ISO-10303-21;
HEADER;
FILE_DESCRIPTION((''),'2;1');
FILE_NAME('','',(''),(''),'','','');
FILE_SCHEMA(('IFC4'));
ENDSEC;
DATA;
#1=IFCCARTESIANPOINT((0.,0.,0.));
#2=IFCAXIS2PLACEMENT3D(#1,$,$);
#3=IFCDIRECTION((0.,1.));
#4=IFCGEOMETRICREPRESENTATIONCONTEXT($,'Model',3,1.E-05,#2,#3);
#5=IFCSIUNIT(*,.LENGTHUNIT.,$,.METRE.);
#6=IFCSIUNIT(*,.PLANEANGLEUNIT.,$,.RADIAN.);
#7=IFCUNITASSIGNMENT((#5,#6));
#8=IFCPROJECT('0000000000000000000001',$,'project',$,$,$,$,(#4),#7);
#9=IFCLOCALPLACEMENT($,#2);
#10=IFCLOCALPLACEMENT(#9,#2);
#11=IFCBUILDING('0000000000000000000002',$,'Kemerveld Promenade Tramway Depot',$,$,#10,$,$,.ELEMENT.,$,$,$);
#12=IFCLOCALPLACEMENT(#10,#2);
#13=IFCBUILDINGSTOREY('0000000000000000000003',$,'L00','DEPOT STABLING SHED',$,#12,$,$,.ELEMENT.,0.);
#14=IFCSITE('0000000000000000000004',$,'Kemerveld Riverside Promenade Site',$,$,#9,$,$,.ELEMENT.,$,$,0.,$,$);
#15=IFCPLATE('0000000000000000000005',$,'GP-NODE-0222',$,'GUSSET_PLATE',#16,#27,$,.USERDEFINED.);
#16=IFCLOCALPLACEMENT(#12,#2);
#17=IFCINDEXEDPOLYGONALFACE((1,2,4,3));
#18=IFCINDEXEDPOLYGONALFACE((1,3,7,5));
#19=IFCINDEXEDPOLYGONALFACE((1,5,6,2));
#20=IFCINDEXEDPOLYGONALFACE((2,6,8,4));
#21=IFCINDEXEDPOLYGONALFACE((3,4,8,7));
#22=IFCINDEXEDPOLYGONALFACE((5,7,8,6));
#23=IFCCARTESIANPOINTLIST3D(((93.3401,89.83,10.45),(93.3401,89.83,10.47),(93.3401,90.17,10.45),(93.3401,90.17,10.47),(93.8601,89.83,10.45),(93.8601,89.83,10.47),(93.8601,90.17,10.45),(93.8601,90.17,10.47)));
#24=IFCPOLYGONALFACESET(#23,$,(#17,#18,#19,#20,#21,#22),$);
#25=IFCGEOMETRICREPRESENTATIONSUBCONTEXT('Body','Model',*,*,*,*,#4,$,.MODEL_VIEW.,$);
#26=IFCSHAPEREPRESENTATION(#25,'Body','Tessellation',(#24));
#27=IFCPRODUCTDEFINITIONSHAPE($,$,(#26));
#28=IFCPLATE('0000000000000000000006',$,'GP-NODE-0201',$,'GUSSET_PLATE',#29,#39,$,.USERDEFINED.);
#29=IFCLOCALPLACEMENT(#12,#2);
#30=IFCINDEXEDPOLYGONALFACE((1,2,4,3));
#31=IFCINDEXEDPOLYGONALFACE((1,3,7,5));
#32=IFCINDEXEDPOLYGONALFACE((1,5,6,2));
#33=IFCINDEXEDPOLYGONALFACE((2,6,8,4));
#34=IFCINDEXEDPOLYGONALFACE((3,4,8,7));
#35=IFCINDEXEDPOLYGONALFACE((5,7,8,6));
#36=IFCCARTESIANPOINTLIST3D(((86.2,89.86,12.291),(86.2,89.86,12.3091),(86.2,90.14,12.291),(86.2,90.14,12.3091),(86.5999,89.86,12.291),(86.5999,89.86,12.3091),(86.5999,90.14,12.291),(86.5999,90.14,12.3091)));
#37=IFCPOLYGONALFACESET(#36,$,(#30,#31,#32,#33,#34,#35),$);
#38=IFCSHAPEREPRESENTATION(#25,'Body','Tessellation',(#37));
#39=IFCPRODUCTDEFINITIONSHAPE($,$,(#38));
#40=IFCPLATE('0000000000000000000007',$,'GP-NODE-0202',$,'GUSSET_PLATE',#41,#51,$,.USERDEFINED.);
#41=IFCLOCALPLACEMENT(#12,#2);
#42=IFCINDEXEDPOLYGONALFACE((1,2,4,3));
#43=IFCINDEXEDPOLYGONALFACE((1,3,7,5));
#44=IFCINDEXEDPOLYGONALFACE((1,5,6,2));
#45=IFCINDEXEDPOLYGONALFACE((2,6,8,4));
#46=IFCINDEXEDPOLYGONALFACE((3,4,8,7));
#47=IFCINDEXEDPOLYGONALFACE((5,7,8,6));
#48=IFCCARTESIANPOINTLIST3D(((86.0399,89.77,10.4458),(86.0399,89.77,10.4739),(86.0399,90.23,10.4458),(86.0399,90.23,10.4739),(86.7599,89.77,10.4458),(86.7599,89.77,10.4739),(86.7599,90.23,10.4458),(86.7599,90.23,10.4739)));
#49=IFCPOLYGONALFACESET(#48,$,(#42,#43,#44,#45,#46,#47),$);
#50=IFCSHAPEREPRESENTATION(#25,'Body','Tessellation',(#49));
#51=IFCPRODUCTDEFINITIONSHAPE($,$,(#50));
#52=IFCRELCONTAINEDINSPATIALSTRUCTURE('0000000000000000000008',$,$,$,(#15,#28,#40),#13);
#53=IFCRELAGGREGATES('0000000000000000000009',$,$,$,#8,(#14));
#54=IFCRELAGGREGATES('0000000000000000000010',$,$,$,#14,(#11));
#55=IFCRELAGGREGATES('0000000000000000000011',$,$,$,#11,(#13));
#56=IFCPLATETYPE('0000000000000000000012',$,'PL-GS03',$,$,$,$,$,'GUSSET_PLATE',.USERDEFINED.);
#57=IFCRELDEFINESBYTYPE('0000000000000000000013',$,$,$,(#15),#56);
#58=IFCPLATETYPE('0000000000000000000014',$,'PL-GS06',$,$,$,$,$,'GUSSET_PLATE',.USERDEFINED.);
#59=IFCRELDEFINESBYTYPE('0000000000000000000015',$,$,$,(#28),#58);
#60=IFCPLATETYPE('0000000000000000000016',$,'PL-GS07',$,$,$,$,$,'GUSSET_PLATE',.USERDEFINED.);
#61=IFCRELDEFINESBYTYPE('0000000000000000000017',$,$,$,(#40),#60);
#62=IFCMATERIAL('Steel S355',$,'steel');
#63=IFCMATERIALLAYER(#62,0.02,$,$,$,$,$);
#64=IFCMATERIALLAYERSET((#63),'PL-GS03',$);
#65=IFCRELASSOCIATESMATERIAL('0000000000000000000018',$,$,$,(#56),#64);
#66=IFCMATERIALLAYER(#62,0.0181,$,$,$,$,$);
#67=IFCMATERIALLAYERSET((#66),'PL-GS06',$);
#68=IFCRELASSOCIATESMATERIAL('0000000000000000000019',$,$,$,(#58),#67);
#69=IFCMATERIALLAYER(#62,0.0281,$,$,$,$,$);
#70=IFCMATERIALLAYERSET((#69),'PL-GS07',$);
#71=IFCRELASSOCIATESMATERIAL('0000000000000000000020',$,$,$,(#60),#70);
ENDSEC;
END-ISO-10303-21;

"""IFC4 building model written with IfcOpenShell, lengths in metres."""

from ifc_helpers import new_model, si_unit, direction, frame, origin, origin_2d, place, context, subcontext, project, spatial, rectangle, extrude, material, layer, layer_set, type_object, element, save


model = new_model("IFC4")

# Units and contexts
model_context = context("Model", 3, precision=1e-05, world=origin(), true_north=direction((0.0, 1.0)))
body_context = subcontext(model_context, "Body", "Model", "MODEL_VIEW")
ifc_project = project(units=[si_unit("LENGTHUNIT", "METRE"), si_unit("PLANEANGLEUNIT", "RADIAN")], contexts=[model_context])

# Site, building, storey
site_placement = place(None, origin())
site = spatial("IfcSite", under=ifc_project, at=site_placement, Name="Kemerveld Riverside Promenade Site", CompositionType="ELEMENT", RefElevation=0.0)
building_placement = place(site_placement, origin())
building = spatial("IfcBuilding", under=site, at=building_placement, Name="Kemerveld Promenade Tramway Depot", CompositionType="ELEMENT")
storey_placement = place(building_placement, origin())
storey = spatial("IfcBuildingStorey", under=building, at=storey_placement, Name="L00", Description="DEPOT STABLING SHED", CompositionType="ELEMENT", Elevation=0.0)

# Shared definitions
ifc_material_1 = material(Name="Steel S355", Category="steel")

# Plates
ifc_layer_1 = layer(ifc_material_1, 0.02)
ifc_layer_set_1 = layer_set([ifc_layer_1], Name="PL-GS03")
plate_type_1 = type_object("IfcPlateType", Name="PL-GS03", ElementType="GUSSET_PLATE", PredefinedType="USERDEFINED", material=ifc_layer_set_1)
plate_1_placement = place(storey_placement, frame((93.6001, 90.0, 10.45), z_axis=(0.0, 0.0, 1.0), x_axis=(1.0, 0.0, 0.0)))
element("IfcPlate", 1, at=plate_1_placement, inside=storey, type_object=plate_type_1, Name="GP-NODE-0222", ObjectType="GUSSET_PLATE", PredefinedType="USERDEFINED", context=body_context, shape_type="SweptSolid", body=[
    extrude(rectangle(XDim=0.52, YDim=0.3401, at=origin_2d()), origin(), (0.0, 0.0, 1.0), 0.02),
])
ifc_layer_2 = layer(ifc_material_1, 0.0181)
ifc_layer_set_2 = layer_set([ifc_layer_2], Name="PL-GS06")
plate_type_2 = type_object("IfcPlateType", Name="PL-GS06", ElementType="GUSSET_PLATE", PredefinedType="USERDEFINED", material=ifc_layer_set_2)
plate_2_placement = place(storey_placement, frame((86.3999, 90.0, 12.291), z_axis=(0.0, 0.0, 1.0), x_axis=(1.0, 0.0, 0.0)))
element("IfcPlate", 2, at=plate_2_placement, inside=storey, type_object=plate_type_2, Name="GP-NODE-0201", ObjectType="GUSSET_PLATE", PredefinedType="USERDEFINED", context=body_context, shape_type="SweptSolid", body=[
    extrude(rectangle(XDim=0.3999, YDim=0.28, at=origin_2d()), origin(), (0.0, 0.0, 1.0), 0.0181),
])
ifc_layer_3 = layer(ifc_material_1, 0.0281)
ifc_layer_set_3 = layer_set([ifc_layer_3], Name="PL-GS07")
plate_type_3 = type_object("IfcPlateType", Name="PL-GS07", ElementType="GUSSET_PLATE", PredefinedType="USERDEFINED", material=ifc_layer_set_3)
plate_3_placement = place(storey_placement, frame((86.3999, 90.0, 10.4458), z_axis=(0.0, 0.0, 1.0), x_axis=(1.0, 0.0, 0.0)))
element("IfcPlate", 3, at=plate_3_placement, inside=storey, type_object=plate_type_3, Name="GP-NODE-0202", ObjectType="GUSSET_PLATE", PredefinedType="USERDEFINED", context=body_context, shape_type="SweptSolid", body=[
    extrude(rectangle(XDim=0.72, YDim=0.46, at=origin_2d()), origin(), (0.0, 0.0, 1.0), 0.0281),
])

save(model, "model.ifc")
